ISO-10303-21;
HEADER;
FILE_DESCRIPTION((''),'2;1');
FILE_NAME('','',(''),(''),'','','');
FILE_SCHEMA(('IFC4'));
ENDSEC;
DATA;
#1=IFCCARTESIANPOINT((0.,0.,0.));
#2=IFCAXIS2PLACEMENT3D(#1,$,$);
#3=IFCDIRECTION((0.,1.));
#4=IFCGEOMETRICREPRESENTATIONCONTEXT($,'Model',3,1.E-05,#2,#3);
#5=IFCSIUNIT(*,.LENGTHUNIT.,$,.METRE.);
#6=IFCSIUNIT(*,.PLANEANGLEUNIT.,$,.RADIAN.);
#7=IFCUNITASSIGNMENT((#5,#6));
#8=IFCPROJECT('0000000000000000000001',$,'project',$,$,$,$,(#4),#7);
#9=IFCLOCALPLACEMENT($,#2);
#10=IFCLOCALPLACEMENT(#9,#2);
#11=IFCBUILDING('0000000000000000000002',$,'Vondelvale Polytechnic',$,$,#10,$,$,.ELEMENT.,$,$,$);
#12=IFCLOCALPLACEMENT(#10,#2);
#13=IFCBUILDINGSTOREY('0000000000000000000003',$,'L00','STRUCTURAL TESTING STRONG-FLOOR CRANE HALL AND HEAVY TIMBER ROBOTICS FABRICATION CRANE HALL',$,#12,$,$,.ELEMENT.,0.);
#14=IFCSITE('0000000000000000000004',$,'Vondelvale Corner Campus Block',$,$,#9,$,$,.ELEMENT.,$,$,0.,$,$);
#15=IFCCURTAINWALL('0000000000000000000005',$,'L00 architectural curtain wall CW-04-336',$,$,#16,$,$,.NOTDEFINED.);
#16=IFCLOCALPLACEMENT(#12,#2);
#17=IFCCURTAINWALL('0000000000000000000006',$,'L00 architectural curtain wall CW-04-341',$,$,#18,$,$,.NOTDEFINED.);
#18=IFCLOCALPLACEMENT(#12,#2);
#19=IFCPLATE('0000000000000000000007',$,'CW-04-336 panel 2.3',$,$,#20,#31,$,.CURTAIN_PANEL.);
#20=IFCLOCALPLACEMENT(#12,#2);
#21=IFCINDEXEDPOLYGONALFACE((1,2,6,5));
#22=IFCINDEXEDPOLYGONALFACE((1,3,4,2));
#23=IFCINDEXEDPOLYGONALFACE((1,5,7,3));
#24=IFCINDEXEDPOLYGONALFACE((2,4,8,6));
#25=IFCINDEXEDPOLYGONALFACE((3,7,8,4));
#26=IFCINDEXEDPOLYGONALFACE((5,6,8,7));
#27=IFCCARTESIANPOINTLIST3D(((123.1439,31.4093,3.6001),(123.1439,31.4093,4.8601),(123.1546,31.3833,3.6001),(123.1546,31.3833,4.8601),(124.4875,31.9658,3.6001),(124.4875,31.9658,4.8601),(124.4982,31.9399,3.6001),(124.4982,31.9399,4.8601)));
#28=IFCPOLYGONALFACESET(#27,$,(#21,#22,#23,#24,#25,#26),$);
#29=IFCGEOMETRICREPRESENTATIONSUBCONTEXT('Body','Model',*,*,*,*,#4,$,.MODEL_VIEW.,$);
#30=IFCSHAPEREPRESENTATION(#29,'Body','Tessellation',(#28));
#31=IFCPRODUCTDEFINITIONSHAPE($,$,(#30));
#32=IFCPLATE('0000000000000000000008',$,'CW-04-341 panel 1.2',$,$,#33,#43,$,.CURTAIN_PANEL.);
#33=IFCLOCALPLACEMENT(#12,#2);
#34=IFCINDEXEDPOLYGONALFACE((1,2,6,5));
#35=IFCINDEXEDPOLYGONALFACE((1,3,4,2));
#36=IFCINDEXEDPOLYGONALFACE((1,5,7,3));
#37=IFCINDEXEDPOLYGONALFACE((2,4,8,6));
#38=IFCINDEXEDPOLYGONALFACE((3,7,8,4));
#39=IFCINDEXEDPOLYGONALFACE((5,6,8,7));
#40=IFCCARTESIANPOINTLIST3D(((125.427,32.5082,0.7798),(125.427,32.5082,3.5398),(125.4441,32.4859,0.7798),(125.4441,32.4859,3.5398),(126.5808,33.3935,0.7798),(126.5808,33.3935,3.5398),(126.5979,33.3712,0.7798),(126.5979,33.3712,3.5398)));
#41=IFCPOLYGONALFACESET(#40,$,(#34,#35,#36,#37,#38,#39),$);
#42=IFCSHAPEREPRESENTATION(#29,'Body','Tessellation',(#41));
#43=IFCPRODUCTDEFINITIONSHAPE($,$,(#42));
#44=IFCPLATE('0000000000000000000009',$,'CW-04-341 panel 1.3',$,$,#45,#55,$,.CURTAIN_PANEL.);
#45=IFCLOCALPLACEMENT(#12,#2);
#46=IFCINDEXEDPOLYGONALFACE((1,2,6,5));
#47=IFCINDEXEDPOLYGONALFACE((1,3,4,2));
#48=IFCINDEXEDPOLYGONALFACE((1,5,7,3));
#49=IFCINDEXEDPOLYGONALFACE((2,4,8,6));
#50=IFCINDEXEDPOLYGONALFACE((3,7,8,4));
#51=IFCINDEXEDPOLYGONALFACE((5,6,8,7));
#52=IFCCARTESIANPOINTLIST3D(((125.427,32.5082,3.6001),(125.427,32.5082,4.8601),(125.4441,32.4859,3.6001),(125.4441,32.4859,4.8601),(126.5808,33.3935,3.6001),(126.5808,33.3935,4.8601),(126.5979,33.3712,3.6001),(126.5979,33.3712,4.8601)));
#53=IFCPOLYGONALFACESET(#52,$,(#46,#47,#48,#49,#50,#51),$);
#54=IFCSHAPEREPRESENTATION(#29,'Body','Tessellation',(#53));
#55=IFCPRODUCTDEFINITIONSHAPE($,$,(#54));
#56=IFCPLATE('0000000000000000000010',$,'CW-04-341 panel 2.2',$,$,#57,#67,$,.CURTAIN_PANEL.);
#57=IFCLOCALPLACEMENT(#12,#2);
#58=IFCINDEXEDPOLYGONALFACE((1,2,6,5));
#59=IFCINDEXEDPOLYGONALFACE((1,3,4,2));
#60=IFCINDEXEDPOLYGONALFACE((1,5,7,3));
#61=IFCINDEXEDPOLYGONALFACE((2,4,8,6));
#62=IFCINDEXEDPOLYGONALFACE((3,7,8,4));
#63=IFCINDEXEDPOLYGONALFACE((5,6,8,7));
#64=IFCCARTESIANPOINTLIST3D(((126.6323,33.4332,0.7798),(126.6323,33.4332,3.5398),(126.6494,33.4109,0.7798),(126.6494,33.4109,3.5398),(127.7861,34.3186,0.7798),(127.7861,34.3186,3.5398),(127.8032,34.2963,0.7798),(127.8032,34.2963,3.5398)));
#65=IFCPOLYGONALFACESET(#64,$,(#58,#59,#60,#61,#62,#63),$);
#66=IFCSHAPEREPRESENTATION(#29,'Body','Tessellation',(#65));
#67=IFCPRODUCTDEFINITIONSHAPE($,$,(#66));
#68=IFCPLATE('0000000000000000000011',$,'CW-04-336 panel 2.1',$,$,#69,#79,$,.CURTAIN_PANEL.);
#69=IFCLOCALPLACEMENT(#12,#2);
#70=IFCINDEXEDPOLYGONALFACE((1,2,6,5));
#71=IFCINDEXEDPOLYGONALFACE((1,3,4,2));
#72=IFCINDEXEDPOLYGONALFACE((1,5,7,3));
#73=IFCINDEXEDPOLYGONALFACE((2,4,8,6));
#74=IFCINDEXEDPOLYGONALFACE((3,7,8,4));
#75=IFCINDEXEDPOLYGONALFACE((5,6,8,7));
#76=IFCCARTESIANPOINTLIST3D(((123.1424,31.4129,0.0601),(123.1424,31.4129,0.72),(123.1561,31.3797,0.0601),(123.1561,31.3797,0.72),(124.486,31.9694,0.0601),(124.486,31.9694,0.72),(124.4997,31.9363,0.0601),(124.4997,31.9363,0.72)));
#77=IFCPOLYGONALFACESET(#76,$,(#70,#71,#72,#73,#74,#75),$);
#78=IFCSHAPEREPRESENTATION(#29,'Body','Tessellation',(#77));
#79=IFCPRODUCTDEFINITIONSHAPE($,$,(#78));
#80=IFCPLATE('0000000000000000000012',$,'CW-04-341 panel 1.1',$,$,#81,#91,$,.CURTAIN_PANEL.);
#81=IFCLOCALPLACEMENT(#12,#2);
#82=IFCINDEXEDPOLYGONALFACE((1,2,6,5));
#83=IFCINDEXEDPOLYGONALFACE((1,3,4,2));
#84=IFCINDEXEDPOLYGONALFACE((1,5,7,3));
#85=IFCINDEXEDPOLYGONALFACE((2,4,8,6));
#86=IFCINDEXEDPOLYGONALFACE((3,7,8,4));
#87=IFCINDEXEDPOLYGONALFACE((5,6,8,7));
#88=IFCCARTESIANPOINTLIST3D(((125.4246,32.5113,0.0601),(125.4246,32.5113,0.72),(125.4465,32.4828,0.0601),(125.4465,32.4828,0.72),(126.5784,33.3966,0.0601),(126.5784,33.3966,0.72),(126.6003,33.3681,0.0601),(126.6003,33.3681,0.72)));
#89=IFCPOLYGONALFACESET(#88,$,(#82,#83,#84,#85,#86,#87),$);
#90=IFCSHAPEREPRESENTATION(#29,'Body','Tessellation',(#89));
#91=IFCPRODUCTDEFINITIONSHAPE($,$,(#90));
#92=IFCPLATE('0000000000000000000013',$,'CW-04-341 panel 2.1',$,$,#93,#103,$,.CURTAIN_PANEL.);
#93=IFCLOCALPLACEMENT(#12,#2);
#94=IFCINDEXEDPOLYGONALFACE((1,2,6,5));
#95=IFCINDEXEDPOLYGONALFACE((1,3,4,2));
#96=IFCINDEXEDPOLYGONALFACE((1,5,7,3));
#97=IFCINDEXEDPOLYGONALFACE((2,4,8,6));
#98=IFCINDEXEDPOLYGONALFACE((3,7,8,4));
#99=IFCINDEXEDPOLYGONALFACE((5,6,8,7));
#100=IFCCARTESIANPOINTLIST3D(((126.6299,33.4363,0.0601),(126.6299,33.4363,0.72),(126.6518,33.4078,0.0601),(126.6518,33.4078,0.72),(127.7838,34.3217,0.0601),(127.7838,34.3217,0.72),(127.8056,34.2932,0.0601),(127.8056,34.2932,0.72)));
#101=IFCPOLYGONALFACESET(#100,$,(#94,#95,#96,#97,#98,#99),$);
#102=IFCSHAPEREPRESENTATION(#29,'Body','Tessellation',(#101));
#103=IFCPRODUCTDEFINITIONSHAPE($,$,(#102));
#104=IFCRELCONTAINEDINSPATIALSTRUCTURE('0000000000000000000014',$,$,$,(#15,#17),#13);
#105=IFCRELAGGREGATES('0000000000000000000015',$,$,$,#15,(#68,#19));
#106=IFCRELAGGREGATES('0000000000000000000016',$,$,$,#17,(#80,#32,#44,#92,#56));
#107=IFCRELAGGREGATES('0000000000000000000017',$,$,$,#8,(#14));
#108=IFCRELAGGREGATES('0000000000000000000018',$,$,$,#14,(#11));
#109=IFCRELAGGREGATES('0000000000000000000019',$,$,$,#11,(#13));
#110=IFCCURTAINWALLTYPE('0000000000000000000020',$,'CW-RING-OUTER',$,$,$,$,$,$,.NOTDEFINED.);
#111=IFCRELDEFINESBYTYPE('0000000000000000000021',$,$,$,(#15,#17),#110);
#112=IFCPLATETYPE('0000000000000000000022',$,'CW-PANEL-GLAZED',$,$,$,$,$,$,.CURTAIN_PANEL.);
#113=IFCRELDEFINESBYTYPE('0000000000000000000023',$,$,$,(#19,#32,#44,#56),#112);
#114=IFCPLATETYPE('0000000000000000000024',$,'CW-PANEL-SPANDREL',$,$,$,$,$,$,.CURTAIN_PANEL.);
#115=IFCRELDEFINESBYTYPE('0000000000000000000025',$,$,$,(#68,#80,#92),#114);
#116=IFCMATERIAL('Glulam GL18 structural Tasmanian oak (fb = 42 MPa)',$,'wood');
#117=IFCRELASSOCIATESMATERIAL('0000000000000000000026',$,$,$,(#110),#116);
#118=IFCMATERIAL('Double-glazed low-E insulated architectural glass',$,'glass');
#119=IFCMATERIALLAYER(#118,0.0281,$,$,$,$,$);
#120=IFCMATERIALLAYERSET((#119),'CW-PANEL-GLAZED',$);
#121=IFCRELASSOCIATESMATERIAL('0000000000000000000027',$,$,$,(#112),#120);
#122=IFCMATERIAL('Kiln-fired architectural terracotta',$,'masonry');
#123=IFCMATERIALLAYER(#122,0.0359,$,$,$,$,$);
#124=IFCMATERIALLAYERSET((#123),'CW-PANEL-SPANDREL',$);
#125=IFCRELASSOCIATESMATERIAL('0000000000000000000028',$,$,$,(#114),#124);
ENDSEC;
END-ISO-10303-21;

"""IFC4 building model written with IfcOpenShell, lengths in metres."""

from ifc_helpers import new_model, si_unit, direction, frame, origin, origin_2d, place, context, subcontext, project, spatial, rectangle, extrude, material, layer, layer_set, type_object, element, aggregate, save


model = new_model("IFC4")

# Units and contexts
model_context = context("Model", 3, precision=1e-05, world=origin(), true_north=direction((0.0, 1.0)))
body_context = subcontext(model_context, "Body", "Model", "MODEL_VIEW")
ifc_project = project(units=[si_unit("LENGTHUNIT", "METRE"), si_unit("PLANEANGLEUNIT", "RADIAN")], contexts=[model_context])

# Site, building, storey
site_placement = place(None, origin())
site = spatial("IfcSite", under=ifc_project, at=site_placement, Name="Vondelvale Corner Campus Block", CompositionType="ELEMENT", RefElevation=0.0)
building_placement = place(site_placement, origin())
building = spatial("IfcBuilding", under=site, at=building_placement, Name="Vondelvale Polytechnic", CompositionType="ELEMENT")
storey_placement = place(building_placement, origin())
storey = spatial("IfcBuildingStorey", under=building, at=storey_placement, Name="L00", Description="STRUCTURAL TESTING STRONG-FLOOR CRANE HALL AND HEAVY TIMBER ROBOTICS FABRICATION CRANE HALL", CompositionType="ELEMENT", Elevation=0.0)

# Curtain walls
ifc_material_1 = material(Name="Glulam GL18 structural Tasmanian oak (fb = 42 MPa)", Category="wood")
curtain_wall_type = type_object("IfcCurtainWallType", Name="CW-RING-OUTER", PredefinedType="NOTDEFINED", material=ifc_material_1)
curtain_wall_1_placement = place(storey_placement, origin())
curtain_wall_1 = element("IfcCurtainWall", 1, at=curtain_wall_1_placement, inside=storey, type_object=curtain_wall_type, Name="L00 architectural curtain wall CW-04-336", PredefinedType="NOTDEFINED")
curtain_wall_2_placement = place(storey_placement, origin())
curtain_wall_2 = element("IfcCurtainWall", 2, at=curtain_wall_2_placement, inside=storey, type_object=curtain_wall_type, Name="L00 architectural curtain wall CW-04-341", PredefinedType="NOTDEFINED")

# Plates
ifc_material_2 = material(Name="Double-glazed low-E insulated architectural glass", Category="glass")
ifc_layer_1 = layer(ifc_material_2, 0.0281)
ifc_layer_set_1 = layer_set([ifc_layer_1], Name="CW-PANEL-GLAZED")
plate_type_1 = type_object("IfcPlateType", Name="CW-PANEL-GLAZED", PredefinedType="CURTAIN_PANEL", material=ifc_layer_set_1)
plate_1_placement = place(storey_placement, frame((123.821, 31.6746, 3.6001), z_axis=(0.0, 0.0, 1.0), x_axis=(0.923881, 0.382679, 0.0)))
plate_1 = element("IfcPlate", 3, at=plate_1_placement, type_object=plate_type_1, Name="CW-04-336 panel 2.3", PredefinedType="CURTAIN_PANEL", context=body_context, shape_type="SweptSolid", body=[
    extrude(rectangle(XDim=1.4543, YDim=0.0281, at=origin_2d()), origin(), (0.0, 0.0, 1.0), 1.26),
])
plate_2_placement = place(storey_placement, frame((126.0125, 32.9397, 0.7798), z_axis=(0.0, 0.0, 1.0), x_axis=(0.793352, 0.608764, 0.0)))
plate_2 = element("IfcPlate", 4, at=plate_2_placement, type_object=plate_type_1, Name="CW-04-341 panel 1.2", PredefinedType="CURTAIN_PANEL", context=body_context, shape_type="SweptSolid", body=[
    extrude(rectangle(XDim=1.4543, YDim=0.0281, at=origin_2d()), origin(), (0.0, 0.0, 1.0), 2.76),
])
plate_3_placement = place(storey_placement, frame((126.0125, 32.9397, 3.6001), z_axis=(0.0, 0.0, 1.0), x_axis=(0.793352, 0.608764, 0.0)))
plate_3 = element("IfcPlate", 5, at=plate_3_placement, type_object=plate_type_1, Name="CW-04-341 panel 1.3", PredefinedType="CURTAIN_PANEL", context=body_context, shape_type="SweptSolid", body=[
    extrude(rectangle(XDim=1.4543, YDim=0.0281, at=origin_2d()), origin(), (0.0, 0.0, 1.0), 1.26),
])
plate_4_placement = place(storey_placement, frame((127.2178, 33.8647, 0.7798), z_axis=(0.0, 0.0, 1.0), x_axis=(0.793352, 0.608764, 0.0)))
plate_4 = element("IfcPlate", 6, at=plate_4_placement, type_object=plate_type_1, Name="CW-04-341 panel 2.2", PredefinedType="CURTAIN_PANEL", context=body_context, shape_type="SweptSolid", body=[
    extrude(rectangle(XDim=1.4543, YDim=0.0281, at=origin_2d()), origin(), (0.0, 0.0, 1.0), 2.76),
])
ifc_material_3 = material(Name="Kiln-fired architectural terracotta", Category="masonry")
ifc_layer_2 = layer(ifc_material_3, 0.0359)
ifc_layer_set_2 = layer_set([ifc_layer_2], Name="CW-PANEL-SPANDREL")
plate_type_2 = type_object("IfcPlateType", Name="CW-PANEL-SPANDREL", PredefinedType="CURTAIN_PANEL", material=ifc_layer_set_2)
plate_5_placement = place(storey_placement, frame((123.821, 31.6746, 0.0601), z_axis=(0.0, 0.0, 1.0), x_axis=(0.923881, 0.382679, 0.0)))
plate_5 = element("IfcPlate", 7, at=plate_5_placement, type_object=plate_type_2, Name="CW-04-336 panel 2.1", PredefinedType="CURTAIN_PANEL", context=body_context, shape_type="SweptSolid", body=[
    extrude(rectangle(XDim=1.4543, YDim=0.0359, at=origin_2d()), origin(), (0.0, 0.0, 1.0), 0.6599),
])
aggregate(curtain_wall_1, [plate_5, plate_1])
plate_6_placement = place(storey_placement, frame((126.0125, 32.9397, 0.0601), z_axis=(0.0, 0.0, 1.0), x_axis=(0.793352, 0.608764, 0.0)))
plate_6 = element("IfcPlate", 8, at=plate_6_placement, type_object=plate_type_2, Name="CW-04-341 panel 1.1", PredefinedType="CURTAIN_PANEL", context=body_context, shape_type="SweptSolid", body=[
    extrude(rectangle(XDim=1.4543, YDim=0.0359, at=origin_2d()), origin(), (0.0, 0.0, 1.0), 0.6599),
])
plate_7_placement = place(storey_placement, frame((127.2178, 33.8647, 0.0601), z_axis=(0.0, 0.0, 1.0), x_axis=(0.793352, 0.608764, 0.0)))
plate_7 = element("IfcPlate", 9, at=plate_7_placement, type_object=plate_type_2, Name="CW-04-341 panel 2.1", PredefinedType="CURTAIN_PANEL", context=body_context, shape_type="SweptSolid", body=[
    extrude(rectangle(XDim=1.4543, YDim=0.0359, at=origin_2d()), origin(), (0.0, 0.0, 1.0), 0.6599),
])
aggregate(curtain_wall_2, [plate_6, plate_2, plate_3, plate_7, plate_4])

save(model, "model.ifc")
